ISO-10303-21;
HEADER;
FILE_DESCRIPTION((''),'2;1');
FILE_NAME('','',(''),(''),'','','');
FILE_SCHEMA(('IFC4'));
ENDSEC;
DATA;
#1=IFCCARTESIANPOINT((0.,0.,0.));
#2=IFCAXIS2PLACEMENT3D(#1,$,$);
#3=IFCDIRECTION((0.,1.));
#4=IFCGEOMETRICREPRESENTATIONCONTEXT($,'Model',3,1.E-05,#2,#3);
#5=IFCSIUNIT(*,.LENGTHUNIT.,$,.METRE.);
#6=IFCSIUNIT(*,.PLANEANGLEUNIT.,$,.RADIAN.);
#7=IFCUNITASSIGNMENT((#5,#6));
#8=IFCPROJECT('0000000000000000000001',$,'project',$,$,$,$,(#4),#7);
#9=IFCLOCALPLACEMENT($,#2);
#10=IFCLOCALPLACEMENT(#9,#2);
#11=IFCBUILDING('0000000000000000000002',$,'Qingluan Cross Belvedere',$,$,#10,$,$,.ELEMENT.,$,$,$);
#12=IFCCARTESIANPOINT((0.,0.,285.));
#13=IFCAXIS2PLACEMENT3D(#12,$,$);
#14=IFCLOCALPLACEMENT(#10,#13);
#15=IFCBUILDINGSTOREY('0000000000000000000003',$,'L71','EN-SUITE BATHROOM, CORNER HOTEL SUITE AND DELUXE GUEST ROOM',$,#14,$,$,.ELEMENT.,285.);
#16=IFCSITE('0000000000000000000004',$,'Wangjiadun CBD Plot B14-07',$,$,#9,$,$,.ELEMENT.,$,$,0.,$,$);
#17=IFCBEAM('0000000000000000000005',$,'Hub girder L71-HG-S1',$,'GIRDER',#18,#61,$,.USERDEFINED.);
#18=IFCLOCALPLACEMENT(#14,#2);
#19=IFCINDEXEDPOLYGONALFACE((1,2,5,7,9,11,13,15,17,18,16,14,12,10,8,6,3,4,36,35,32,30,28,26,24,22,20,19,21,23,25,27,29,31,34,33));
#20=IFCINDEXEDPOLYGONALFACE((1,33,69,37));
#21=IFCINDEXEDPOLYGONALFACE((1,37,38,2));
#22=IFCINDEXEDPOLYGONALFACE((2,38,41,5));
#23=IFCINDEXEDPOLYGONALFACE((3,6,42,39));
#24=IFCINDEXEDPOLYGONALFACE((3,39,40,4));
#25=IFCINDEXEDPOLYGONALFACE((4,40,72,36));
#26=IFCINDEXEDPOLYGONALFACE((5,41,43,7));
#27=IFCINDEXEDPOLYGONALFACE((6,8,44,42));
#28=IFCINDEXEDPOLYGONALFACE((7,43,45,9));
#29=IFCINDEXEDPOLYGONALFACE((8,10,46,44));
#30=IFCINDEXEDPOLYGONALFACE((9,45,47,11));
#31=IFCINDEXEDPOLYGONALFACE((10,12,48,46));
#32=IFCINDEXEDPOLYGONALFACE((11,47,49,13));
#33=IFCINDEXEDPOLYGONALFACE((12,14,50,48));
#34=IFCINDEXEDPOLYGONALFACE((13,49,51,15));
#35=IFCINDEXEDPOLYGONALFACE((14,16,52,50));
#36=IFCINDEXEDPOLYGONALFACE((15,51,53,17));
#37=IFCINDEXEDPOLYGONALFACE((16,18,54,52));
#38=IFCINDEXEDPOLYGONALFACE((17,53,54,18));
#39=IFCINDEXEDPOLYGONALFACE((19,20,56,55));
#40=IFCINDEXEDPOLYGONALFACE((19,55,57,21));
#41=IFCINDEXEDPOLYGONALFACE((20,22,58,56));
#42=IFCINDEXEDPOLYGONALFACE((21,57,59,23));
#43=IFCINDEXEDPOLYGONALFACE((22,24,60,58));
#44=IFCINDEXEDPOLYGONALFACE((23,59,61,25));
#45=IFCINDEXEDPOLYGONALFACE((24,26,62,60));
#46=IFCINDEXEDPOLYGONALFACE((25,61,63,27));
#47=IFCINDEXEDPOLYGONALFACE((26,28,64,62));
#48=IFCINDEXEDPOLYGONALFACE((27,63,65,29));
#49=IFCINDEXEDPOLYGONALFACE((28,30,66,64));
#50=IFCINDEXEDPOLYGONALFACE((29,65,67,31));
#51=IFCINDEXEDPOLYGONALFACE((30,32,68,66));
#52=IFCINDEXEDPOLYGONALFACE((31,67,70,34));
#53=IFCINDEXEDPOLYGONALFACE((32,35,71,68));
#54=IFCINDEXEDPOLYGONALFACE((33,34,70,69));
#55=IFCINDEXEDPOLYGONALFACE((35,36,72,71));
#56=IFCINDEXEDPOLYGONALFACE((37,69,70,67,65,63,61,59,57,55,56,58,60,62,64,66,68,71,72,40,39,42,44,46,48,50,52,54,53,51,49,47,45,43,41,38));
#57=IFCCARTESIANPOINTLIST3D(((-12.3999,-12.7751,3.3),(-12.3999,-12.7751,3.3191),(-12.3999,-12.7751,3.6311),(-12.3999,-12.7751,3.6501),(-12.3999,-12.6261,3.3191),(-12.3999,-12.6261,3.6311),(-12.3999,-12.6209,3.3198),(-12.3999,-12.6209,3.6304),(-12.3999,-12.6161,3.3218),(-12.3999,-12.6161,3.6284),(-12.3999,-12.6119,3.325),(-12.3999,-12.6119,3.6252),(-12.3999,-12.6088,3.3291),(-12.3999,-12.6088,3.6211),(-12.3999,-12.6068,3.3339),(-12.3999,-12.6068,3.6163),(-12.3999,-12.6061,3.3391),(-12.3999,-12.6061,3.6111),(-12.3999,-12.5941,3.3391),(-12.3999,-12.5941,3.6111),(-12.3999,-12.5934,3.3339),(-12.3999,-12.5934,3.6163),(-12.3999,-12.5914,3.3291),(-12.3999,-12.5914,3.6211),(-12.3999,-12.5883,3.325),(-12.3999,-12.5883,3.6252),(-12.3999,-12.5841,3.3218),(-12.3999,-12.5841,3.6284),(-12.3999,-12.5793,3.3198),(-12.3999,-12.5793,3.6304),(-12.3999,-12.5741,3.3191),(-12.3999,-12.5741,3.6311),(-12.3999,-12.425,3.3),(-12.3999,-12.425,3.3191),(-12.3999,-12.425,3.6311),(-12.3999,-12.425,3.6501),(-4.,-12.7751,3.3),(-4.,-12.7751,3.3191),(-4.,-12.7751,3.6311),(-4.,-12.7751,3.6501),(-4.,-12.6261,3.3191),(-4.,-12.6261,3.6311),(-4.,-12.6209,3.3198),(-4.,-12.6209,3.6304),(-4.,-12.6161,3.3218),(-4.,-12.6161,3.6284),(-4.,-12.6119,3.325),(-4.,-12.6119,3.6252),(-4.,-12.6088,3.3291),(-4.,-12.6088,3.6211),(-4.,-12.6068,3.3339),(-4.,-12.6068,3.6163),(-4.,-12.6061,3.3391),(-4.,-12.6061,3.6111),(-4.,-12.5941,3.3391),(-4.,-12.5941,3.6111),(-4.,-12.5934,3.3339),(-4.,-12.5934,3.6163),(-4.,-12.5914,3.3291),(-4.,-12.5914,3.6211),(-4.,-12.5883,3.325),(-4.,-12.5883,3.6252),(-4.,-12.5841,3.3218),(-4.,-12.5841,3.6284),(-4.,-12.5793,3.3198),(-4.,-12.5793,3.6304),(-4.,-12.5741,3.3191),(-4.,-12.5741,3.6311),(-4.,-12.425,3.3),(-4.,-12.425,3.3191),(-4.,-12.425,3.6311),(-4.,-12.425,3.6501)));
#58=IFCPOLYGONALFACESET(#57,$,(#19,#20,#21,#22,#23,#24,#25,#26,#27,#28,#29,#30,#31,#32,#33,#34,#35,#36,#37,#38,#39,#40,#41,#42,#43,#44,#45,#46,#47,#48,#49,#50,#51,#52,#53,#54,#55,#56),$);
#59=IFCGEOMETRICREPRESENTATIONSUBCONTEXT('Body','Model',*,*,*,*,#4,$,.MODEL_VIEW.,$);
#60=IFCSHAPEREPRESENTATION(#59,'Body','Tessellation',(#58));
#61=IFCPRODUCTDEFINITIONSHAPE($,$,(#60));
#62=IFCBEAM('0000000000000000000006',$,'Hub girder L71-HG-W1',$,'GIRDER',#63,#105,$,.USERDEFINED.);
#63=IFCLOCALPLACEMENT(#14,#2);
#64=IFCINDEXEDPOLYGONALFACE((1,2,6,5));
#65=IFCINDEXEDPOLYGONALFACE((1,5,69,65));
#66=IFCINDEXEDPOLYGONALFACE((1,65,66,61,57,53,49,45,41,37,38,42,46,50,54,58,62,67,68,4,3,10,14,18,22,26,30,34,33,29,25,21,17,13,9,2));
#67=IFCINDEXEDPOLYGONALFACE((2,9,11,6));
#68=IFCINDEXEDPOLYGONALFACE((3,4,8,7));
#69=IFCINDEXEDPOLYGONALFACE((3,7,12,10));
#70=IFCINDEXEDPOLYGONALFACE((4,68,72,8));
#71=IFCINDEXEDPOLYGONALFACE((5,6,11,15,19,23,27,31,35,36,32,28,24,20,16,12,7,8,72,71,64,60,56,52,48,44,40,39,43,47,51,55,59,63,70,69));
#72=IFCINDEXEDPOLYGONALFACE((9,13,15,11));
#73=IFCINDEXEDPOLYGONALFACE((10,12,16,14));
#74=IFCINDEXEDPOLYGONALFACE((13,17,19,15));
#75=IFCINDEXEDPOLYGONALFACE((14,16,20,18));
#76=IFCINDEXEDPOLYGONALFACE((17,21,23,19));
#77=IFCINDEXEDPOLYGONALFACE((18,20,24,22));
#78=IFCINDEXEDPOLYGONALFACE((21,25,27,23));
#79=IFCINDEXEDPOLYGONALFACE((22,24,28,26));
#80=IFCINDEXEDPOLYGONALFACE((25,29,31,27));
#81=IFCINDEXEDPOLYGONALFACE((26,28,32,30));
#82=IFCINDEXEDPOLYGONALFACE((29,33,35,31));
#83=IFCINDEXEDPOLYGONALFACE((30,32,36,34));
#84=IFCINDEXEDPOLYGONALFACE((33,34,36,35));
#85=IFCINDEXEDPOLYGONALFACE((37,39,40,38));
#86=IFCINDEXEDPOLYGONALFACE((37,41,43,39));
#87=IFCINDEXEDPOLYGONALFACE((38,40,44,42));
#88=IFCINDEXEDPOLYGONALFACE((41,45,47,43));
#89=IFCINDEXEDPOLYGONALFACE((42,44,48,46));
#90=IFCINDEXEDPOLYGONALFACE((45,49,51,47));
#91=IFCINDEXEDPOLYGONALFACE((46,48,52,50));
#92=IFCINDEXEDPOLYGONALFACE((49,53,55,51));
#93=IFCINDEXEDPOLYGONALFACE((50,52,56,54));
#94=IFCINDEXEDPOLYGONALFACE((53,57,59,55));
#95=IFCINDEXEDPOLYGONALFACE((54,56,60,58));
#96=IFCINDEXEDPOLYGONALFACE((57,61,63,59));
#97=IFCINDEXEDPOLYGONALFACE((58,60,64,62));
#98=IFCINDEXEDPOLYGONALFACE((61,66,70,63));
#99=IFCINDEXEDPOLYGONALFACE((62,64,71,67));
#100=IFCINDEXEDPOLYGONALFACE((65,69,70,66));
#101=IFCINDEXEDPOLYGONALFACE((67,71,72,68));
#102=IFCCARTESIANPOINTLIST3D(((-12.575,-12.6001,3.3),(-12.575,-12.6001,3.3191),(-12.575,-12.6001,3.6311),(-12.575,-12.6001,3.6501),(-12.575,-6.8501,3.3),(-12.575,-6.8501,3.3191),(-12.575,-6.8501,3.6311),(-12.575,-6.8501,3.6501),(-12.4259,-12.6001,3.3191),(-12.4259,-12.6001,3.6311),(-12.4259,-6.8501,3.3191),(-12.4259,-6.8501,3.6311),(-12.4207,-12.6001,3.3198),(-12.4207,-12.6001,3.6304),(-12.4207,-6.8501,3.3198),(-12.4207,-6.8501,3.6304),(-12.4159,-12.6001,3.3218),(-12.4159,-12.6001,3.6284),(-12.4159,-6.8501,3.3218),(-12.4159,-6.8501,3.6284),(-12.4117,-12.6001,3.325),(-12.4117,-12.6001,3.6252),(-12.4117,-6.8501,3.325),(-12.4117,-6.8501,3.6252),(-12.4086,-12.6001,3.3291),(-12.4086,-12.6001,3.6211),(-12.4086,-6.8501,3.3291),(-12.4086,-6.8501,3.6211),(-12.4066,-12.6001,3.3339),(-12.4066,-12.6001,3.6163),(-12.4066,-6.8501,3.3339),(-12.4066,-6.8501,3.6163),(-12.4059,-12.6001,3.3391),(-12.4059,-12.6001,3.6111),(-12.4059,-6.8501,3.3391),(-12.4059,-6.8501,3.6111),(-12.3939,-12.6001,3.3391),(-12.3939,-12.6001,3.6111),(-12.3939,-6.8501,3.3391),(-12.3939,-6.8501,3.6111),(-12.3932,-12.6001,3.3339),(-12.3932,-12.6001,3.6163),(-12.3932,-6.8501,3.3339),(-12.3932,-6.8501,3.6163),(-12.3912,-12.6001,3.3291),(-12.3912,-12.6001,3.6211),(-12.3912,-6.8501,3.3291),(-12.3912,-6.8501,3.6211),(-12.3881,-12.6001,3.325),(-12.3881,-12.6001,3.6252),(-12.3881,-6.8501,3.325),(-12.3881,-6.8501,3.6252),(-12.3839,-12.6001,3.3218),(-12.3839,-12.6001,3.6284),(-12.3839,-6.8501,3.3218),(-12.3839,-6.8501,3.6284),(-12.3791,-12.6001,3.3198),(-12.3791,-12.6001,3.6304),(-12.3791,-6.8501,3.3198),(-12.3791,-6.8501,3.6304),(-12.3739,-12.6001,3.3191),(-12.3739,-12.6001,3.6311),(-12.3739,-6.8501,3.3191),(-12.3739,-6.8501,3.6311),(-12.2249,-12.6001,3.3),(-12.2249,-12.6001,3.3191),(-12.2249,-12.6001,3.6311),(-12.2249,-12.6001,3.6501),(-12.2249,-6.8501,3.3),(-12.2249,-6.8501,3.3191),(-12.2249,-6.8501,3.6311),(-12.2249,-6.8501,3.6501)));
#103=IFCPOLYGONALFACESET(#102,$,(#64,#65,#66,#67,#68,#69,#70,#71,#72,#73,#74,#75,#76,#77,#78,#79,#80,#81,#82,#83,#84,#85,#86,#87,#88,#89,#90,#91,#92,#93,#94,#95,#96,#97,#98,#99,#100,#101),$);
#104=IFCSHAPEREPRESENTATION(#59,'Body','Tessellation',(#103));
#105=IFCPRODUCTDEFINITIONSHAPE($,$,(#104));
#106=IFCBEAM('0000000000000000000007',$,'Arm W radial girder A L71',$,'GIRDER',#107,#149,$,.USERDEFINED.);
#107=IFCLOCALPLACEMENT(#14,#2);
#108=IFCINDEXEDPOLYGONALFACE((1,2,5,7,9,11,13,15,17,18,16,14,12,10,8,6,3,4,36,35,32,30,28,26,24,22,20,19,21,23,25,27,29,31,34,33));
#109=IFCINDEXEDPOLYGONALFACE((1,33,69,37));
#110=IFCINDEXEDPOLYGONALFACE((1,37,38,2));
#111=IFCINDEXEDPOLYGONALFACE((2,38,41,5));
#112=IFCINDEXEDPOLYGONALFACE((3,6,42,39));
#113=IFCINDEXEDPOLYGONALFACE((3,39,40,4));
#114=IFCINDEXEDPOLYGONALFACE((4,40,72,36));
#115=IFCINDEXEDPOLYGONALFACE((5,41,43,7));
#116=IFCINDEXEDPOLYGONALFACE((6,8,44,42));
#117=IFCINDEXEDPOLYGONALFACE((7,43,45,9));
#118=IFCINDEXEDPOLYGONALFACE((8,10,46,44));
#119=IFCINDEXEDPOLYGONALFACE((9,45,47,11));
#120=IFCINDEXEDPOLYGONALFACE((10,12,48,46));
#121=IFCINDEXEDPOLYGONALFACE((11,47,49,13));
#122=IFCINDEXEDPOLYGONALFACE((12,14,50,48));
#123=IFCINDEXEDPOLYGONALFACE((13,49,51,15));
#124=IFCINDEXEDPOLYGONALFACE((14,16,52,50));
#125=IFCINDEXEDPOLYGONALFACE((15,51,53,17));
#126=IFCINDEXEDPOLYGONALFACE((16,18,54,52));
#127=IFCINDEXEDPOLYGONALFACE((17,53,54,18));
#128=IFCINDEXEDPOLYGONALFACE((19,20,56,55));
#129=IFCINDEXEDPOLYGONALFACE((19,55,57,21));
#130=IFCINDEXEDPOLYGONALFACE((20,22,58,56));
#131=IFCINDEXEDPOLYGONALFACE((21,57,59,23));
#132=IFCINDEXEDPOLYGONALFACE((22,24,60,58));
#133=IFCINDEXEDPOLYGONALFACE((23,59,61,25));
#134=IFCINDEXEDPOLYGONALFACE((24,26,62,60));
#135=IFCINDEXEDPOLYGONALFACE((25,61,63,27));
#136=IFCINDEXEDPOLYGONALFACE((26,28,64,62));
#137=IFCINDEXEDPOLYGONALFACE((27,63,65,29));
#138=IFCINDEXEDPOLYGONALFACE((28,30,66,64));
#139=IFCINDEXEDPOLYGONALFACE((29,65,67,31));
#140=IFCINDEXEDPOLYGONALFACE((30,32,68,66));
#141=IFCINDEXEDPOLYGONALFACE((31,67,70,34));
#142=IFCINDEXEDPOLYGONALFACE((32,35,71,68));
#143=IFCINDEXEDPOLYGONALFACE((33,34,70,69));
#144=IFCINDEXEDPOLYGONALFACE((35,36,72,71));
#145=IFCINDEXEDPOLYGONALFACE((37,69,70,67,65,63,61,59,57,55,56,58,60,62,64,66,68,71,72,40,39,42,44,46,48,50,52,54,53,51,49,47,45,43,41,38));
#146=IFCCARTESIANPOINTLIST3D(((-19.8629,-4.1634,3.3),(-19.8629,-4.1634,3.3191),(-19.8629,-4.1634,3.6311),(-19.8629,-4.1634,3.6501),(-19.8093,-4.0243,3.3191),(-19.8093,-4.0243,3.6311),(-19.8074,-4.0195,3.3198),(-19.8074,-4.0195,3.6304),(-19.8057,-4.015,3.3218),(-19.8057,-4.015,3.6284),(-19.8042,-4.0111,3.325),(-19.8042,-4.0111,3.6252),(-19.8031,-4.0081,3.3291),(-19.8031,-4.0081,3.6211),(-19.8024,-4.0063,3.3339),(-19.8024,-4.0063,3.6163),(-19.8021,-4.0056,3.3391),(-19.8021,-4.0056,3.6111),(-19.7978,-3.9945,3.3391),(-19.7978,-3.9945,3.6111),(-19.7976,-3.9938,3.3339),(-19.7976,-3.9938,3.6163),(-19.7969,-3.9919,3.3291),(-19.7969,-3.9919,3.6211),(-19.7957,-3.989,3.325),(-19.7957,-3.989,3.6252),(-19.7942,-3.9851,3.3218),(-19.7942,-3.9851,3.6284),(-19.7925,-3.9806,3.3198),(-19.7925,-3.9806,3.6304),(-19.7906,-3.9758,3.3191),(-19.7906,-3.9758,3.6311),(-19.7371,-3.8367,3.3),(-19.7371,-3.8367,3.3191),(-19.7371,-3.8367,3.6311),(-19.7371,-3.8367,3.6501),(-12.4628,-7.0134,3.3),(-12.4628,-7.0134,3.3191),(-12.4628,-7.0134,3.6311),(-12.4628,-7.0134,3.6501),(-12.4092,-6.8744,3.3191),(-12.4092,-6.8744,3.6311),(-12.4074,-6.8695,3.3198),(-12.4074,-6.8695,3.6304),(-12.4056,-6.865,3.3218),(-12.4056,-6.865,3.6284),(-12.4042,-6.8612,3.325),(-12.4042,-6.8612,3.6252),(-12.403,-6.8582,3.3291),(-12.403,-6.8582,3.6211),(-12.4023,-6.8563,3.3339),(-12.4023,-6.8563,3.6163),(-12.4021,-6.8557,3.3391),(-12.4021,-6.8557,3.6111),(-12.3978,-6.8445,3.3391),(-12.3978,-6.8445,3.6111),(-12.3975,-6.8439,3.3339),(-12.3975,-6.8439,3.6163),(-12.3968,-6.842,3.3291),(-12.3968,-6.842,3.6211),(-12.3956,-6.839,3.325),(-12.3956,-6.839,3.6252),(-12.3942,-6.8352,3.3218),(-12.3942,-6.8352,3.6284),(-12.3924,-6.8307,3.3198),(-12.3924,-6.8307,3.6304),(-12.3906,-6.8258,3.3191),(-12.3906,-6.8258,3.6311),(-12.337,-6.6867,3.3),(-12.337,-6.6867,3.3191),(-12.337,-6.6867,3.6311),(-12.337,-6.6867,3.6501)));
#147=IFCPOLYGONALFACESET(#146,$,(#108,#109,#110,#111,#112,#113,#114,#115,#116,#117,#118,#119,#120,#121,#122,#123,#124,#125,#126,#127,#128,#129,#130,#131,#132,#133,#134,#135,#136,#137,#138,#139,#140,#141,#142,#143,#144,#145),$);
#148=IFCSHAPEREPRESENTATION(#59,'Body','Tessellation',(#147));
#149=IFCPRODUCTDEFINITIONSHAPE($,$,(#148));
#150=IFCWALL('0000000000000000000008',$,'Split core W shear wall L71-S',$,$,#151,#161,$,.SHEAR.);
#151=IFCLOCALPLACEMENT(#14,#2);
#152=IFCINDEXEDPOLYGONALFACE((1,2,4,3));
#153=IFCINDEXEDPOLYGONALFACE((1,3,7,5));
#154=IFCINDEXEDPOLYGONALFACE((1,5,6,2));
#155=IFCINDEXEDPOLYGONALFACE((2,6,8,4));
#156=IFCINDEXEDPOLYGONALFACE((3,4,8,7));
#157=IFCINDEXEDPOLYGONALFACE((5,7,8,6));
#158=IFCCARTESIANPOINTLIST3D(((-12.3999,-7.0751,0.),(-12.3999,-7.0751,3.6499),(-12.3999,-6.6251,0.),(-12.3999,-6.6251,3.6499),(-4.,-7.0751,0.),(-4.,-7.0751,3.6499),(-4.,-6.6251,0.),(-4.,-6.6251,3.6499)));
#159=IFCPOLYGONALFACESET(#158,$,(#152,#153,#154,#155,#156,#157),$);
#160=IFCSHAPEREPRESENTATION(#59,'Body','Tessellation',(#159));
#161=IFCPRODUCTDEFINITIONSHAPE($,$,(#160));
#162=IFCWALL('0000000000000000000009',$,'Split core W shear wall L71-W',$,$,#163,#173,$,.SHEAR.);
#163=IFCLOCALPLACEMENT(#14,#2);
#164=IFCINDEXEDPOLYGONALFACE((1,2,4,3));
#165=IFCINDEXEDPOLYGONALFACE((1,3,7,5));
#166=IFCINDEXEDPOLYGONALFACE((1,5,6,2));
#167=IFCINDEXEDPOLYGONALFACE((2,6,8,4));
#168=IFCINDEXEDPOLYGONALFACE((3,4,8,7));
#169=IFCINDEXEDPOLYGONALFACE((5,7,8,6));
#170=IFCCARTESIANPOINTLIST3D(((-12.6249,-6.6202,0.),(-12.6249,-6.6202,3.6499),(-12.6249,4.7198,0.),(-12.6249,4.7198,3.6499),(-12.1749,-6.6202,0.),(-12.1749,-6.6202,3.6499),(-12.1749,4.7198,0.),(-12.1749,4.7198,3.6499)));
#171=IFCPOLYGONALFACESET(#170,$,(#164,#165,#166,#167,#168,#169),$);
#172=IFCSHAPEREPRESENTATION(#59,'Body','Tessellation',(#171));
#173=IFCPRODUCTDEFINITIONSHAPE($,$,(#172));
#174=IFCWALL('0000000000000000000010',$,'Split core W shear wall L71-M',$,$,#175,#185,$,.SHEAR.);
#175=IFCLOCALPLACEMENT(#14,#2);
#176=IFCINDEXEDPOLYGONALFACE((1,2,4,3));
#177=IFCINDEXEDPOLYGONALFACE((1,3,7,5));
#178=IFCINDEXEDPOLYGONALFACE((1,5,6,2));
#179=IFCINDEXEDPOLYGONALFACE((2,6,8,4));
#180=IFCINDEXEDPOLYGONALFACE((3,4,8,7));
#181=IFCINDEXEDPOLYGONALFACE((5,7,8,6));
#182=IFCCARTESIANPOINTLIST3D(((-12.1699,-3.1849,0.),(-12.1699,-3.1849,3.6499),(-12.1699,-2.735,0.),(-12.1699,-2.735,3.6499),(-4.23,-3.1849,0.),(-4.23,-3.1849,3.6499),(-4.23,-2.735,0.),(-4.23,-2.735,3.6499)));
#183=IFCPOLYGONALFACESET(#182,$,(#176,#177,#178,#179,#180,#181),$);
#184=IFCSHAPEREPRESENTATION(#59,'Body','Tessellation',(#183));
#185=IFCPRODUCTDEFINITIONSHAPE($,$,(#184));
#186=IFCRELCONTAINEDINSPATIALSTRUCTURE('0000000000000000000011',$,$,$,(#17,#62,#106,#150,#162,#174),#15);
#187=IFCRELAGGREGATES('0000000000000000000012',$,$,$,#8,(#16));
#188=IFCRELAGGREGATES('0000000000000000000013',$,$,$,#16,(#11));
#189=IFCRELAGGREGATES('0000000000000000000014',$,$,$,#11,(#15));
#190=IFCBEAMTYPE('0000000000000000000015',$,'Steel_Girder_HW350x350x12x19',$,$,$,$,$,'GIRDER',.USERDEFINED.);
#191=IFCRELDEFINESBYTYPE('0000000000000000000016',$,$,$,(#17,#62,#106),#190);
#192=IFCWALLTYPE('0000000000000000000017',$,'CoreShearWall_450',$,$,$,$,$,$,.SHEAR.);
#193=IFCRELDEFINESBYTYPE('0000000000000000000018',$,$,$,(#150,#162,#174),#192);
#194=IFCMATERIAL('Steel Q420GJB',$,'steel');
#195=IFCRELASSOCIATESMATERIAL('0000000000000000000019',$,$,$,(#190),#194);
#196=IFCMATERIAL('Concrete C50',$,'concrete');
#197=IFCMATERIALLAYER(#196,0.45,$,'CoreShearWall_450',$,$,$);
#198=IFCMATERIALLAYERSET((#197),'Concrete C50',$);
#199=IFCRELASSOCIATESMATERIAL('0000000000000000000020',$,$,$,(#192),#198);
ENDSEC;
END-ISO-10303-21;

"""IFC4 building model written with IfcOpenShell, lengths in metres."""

from ifc_helpers import new_model, si_unit, direction, frame, frame_2d, origin, origin_2d, place, context, subcontext, project, spatial, rectangle, i_section, extrude, material, layer, layer_set, material_profile, profile_set, type_object, element, save


model = new_model("IFC4")

# Units and contexts
model_context = context("Model", 3, precision=1e-05, world=origin(), true_north=direction((0.0, 1.0)))
body_context = subcontext(model_context, "Body", "Model", "MODEL_VIEW")
ifc_project = project(units=[si_unit("LENGTHUNIT", "METRE"), si_unit("PLANEANGLEUNIT", "RADIAN")], contexts=[model_context])

# Site, building, storey
site_placement = place(None, origin())
site = spatial("IfcSite", under=ifc_project, at=site_placement, Name="Wangjiadun CBD Plot B14-07", CompositionType="ELEMENT", RefElevation=0.0)
building_placement = place(site_placement, origin())
building = spatial("IfcBuilding", under=site, at=building_placement, Name="Qingluan Cross Belvedere", CompositionType="ELEMENT")
storey_placement = place(building_placement, frame((0.0, 0.0, 285.0)))
storey = spatial("IfcBuildingStorey", under=building, at=storey_placement, Name="L71", Description="EN-SUITE BATHROOM, CORNER HOTEL SUITE AND DELUXE GUEST ROOM", CompositionType="ELEMENT", Elevation=285.0)

# Beams
ifc_material_1 = material(Name="Steel Q420GJB", Category="steel")
ifc_material_profile_1 = material_profile(ifc_material_1, i_section(OverallWidth=0.3501, OverallDepth=0.3501, WebThickness=0.012, FlangeThickness=0.019, FilletRadius=0.02, at=origin_2d()), Name="HW350x350x12x19")
ifc_profile_set_1 = profile_set([ifc_material_profile_1], Name="Steel Q420GJB")
beam_type_1 = type_object("IfcBeamType", Name="Steel_Girder_HW350x350x12x19", ElementType="GIRDER", PredefinedType="USERDEFINED", material=ifc_profile_set_1)
beam_1_placement = place(storey_placement, frame((-12.3999, -12.6001, 3.4751), z_axis=(1.0, 0.0, 0.0), x_axis=(0.0, 1.0, 0.0)))
element("IfcBeam", 1, at=beam_1_placement, inside=storey, type_object=beam_type_1, Name="Hub girder L71-HG-S1", ObjectType="GIRDER", PredefinedType="USERDEFINED", context=body_context, shape_type="SweptSolid", body=[
    extrude(i_section(OverallWidth=0.3501, OverallDepth=0.3501, WebThickness=0.012, FlangeThickness=0.019, FilletRadius=0.02, at=origin_2d()), origin(), (0.0, 0.0, 1.0), 8.3999),
])
beam_2_placement = place(storey_placement, frame((-12.3999, -12.6001, 3.4751), z_axis=(0.0, 1.0, 0.0), x_axis=(-1.0, 0.0, 0.0)))
element("IfcBeam", 2, at=beam_2_placement, inside=storey, type_object=beam_type_1, Name="Hub girder L71-HG-W1", ObjectType="GIRDER", PredefinedType="USERDEFINED", context=body_context, shape_type="SweptSolid", body=[
    extrude(i_section(OverallWidth=0.3501, OverallDepth=0.3501, WebThickness=0.012, FlangeThickness=0.019, FilletRadius=0.02, at=origin_2d()), origin(), (0.0, 0.0, 1.0), 5.75),
])
beam_3_placement = place(storey_placement, frame((-12.3999, -6.8501, 3.4751), z_axis=(-0.933181, 0.359406, 0.0), x_axis=(-0.359406, -0.933181, 0.0)))
element("IfcBeam", 3, at=beam_3_placement, inside=storey, type_object=beam_type_1, Name="Arm W radial girder A L71", ObjectType="GIRDER", PredefinedType="USERDEFINED", context=body_context, shape_type="SweptSolid", body=[
    extrude(i_section(OverallWidth=0.3501, OverallDepth=0.3501, WebThickness=0.012, FlangeThickness=0.019, FilletRadius=0.02, at=origin_2d()), origin(), (0.0, 0.0, 1.0), 7.9299),
])

# Walls
ifc_material_2 = material(Name="Concrete C50", Category="concrete")
ifc_layer_1 = layer(ifc_material_2, 0.45, Name="CoreShearWall_450")
ifc_layer_set_1 = layer_set([ifc_layer_1], Name="Concrete C50")
wall_type_1 = type_object("IfcWallType", Name="CoreShearWall_450", PredefinedType="SHEAR", material=ifc_layer_set_1)
wall_1_placement = place(storey_placement, frame((-12.3999, -6.8501, 0.0), z_axis=(0.0, 0.0, 1.0), x_axis=(1.0, 0.0, 0.0)))
element("IfcWall", 4, at=wall_1_placement, inside=storey, type_object=wall_type_1, Name="Split core W shear wall L71-S", PredefinedType="SHEAR", context=body_context, shape_type="SweptSolid", body=[
    extrude(rectangle(XDim=8.3999, YDim=0.45, at=frame_2d((4.2, 0.0))), origin(), (0.0, 0.0, 1.0), 3.6499),
])
wall_2_placement = place(storey_placement, frame((-12.3999, -6.6201, 0.0), z_axis=(0.0, 0.0, 1.0), x_axis=(0.0, 1.0, 0.0)))
element("IfcWall", 5, at=wall_2_placement, inside=storey, type_object=wall_type_1, Name="Split core W shear wall L71-W", PredefinedType="SHEAR", context=body_context, shape_type="SweptSolid", body=[
    extrude(rectangle(XDim=11.3401, YDim=0.45, at=frame_2d((5.6699, 0.0))), origin(), (0.0, 0.0, 1.0), 3.6499),
])
wall_3_placement = place(storey_placement, frame((-12.1699, -2.96, 0.0), z_axis=(0.0, 0.0, 1.0), x_axis=(1.0, 0.0, 0.0)))
element("IfcWall", 6, at=wall_3_placement, inside=storey, type_object=wall_type_1, Name="Split core W shear wall L71-M", PredefinedType="SHEAR", context=body_context, shape_type="SweptSolid", body=[
    extrude(rectangle(XDim=7.9399, YDim=0.45, at=frame_2d((3.97, 0.0))), origin(), (0.0, 0.0, 1.0), 3.6499),
])

save(model, "model.ifc")
